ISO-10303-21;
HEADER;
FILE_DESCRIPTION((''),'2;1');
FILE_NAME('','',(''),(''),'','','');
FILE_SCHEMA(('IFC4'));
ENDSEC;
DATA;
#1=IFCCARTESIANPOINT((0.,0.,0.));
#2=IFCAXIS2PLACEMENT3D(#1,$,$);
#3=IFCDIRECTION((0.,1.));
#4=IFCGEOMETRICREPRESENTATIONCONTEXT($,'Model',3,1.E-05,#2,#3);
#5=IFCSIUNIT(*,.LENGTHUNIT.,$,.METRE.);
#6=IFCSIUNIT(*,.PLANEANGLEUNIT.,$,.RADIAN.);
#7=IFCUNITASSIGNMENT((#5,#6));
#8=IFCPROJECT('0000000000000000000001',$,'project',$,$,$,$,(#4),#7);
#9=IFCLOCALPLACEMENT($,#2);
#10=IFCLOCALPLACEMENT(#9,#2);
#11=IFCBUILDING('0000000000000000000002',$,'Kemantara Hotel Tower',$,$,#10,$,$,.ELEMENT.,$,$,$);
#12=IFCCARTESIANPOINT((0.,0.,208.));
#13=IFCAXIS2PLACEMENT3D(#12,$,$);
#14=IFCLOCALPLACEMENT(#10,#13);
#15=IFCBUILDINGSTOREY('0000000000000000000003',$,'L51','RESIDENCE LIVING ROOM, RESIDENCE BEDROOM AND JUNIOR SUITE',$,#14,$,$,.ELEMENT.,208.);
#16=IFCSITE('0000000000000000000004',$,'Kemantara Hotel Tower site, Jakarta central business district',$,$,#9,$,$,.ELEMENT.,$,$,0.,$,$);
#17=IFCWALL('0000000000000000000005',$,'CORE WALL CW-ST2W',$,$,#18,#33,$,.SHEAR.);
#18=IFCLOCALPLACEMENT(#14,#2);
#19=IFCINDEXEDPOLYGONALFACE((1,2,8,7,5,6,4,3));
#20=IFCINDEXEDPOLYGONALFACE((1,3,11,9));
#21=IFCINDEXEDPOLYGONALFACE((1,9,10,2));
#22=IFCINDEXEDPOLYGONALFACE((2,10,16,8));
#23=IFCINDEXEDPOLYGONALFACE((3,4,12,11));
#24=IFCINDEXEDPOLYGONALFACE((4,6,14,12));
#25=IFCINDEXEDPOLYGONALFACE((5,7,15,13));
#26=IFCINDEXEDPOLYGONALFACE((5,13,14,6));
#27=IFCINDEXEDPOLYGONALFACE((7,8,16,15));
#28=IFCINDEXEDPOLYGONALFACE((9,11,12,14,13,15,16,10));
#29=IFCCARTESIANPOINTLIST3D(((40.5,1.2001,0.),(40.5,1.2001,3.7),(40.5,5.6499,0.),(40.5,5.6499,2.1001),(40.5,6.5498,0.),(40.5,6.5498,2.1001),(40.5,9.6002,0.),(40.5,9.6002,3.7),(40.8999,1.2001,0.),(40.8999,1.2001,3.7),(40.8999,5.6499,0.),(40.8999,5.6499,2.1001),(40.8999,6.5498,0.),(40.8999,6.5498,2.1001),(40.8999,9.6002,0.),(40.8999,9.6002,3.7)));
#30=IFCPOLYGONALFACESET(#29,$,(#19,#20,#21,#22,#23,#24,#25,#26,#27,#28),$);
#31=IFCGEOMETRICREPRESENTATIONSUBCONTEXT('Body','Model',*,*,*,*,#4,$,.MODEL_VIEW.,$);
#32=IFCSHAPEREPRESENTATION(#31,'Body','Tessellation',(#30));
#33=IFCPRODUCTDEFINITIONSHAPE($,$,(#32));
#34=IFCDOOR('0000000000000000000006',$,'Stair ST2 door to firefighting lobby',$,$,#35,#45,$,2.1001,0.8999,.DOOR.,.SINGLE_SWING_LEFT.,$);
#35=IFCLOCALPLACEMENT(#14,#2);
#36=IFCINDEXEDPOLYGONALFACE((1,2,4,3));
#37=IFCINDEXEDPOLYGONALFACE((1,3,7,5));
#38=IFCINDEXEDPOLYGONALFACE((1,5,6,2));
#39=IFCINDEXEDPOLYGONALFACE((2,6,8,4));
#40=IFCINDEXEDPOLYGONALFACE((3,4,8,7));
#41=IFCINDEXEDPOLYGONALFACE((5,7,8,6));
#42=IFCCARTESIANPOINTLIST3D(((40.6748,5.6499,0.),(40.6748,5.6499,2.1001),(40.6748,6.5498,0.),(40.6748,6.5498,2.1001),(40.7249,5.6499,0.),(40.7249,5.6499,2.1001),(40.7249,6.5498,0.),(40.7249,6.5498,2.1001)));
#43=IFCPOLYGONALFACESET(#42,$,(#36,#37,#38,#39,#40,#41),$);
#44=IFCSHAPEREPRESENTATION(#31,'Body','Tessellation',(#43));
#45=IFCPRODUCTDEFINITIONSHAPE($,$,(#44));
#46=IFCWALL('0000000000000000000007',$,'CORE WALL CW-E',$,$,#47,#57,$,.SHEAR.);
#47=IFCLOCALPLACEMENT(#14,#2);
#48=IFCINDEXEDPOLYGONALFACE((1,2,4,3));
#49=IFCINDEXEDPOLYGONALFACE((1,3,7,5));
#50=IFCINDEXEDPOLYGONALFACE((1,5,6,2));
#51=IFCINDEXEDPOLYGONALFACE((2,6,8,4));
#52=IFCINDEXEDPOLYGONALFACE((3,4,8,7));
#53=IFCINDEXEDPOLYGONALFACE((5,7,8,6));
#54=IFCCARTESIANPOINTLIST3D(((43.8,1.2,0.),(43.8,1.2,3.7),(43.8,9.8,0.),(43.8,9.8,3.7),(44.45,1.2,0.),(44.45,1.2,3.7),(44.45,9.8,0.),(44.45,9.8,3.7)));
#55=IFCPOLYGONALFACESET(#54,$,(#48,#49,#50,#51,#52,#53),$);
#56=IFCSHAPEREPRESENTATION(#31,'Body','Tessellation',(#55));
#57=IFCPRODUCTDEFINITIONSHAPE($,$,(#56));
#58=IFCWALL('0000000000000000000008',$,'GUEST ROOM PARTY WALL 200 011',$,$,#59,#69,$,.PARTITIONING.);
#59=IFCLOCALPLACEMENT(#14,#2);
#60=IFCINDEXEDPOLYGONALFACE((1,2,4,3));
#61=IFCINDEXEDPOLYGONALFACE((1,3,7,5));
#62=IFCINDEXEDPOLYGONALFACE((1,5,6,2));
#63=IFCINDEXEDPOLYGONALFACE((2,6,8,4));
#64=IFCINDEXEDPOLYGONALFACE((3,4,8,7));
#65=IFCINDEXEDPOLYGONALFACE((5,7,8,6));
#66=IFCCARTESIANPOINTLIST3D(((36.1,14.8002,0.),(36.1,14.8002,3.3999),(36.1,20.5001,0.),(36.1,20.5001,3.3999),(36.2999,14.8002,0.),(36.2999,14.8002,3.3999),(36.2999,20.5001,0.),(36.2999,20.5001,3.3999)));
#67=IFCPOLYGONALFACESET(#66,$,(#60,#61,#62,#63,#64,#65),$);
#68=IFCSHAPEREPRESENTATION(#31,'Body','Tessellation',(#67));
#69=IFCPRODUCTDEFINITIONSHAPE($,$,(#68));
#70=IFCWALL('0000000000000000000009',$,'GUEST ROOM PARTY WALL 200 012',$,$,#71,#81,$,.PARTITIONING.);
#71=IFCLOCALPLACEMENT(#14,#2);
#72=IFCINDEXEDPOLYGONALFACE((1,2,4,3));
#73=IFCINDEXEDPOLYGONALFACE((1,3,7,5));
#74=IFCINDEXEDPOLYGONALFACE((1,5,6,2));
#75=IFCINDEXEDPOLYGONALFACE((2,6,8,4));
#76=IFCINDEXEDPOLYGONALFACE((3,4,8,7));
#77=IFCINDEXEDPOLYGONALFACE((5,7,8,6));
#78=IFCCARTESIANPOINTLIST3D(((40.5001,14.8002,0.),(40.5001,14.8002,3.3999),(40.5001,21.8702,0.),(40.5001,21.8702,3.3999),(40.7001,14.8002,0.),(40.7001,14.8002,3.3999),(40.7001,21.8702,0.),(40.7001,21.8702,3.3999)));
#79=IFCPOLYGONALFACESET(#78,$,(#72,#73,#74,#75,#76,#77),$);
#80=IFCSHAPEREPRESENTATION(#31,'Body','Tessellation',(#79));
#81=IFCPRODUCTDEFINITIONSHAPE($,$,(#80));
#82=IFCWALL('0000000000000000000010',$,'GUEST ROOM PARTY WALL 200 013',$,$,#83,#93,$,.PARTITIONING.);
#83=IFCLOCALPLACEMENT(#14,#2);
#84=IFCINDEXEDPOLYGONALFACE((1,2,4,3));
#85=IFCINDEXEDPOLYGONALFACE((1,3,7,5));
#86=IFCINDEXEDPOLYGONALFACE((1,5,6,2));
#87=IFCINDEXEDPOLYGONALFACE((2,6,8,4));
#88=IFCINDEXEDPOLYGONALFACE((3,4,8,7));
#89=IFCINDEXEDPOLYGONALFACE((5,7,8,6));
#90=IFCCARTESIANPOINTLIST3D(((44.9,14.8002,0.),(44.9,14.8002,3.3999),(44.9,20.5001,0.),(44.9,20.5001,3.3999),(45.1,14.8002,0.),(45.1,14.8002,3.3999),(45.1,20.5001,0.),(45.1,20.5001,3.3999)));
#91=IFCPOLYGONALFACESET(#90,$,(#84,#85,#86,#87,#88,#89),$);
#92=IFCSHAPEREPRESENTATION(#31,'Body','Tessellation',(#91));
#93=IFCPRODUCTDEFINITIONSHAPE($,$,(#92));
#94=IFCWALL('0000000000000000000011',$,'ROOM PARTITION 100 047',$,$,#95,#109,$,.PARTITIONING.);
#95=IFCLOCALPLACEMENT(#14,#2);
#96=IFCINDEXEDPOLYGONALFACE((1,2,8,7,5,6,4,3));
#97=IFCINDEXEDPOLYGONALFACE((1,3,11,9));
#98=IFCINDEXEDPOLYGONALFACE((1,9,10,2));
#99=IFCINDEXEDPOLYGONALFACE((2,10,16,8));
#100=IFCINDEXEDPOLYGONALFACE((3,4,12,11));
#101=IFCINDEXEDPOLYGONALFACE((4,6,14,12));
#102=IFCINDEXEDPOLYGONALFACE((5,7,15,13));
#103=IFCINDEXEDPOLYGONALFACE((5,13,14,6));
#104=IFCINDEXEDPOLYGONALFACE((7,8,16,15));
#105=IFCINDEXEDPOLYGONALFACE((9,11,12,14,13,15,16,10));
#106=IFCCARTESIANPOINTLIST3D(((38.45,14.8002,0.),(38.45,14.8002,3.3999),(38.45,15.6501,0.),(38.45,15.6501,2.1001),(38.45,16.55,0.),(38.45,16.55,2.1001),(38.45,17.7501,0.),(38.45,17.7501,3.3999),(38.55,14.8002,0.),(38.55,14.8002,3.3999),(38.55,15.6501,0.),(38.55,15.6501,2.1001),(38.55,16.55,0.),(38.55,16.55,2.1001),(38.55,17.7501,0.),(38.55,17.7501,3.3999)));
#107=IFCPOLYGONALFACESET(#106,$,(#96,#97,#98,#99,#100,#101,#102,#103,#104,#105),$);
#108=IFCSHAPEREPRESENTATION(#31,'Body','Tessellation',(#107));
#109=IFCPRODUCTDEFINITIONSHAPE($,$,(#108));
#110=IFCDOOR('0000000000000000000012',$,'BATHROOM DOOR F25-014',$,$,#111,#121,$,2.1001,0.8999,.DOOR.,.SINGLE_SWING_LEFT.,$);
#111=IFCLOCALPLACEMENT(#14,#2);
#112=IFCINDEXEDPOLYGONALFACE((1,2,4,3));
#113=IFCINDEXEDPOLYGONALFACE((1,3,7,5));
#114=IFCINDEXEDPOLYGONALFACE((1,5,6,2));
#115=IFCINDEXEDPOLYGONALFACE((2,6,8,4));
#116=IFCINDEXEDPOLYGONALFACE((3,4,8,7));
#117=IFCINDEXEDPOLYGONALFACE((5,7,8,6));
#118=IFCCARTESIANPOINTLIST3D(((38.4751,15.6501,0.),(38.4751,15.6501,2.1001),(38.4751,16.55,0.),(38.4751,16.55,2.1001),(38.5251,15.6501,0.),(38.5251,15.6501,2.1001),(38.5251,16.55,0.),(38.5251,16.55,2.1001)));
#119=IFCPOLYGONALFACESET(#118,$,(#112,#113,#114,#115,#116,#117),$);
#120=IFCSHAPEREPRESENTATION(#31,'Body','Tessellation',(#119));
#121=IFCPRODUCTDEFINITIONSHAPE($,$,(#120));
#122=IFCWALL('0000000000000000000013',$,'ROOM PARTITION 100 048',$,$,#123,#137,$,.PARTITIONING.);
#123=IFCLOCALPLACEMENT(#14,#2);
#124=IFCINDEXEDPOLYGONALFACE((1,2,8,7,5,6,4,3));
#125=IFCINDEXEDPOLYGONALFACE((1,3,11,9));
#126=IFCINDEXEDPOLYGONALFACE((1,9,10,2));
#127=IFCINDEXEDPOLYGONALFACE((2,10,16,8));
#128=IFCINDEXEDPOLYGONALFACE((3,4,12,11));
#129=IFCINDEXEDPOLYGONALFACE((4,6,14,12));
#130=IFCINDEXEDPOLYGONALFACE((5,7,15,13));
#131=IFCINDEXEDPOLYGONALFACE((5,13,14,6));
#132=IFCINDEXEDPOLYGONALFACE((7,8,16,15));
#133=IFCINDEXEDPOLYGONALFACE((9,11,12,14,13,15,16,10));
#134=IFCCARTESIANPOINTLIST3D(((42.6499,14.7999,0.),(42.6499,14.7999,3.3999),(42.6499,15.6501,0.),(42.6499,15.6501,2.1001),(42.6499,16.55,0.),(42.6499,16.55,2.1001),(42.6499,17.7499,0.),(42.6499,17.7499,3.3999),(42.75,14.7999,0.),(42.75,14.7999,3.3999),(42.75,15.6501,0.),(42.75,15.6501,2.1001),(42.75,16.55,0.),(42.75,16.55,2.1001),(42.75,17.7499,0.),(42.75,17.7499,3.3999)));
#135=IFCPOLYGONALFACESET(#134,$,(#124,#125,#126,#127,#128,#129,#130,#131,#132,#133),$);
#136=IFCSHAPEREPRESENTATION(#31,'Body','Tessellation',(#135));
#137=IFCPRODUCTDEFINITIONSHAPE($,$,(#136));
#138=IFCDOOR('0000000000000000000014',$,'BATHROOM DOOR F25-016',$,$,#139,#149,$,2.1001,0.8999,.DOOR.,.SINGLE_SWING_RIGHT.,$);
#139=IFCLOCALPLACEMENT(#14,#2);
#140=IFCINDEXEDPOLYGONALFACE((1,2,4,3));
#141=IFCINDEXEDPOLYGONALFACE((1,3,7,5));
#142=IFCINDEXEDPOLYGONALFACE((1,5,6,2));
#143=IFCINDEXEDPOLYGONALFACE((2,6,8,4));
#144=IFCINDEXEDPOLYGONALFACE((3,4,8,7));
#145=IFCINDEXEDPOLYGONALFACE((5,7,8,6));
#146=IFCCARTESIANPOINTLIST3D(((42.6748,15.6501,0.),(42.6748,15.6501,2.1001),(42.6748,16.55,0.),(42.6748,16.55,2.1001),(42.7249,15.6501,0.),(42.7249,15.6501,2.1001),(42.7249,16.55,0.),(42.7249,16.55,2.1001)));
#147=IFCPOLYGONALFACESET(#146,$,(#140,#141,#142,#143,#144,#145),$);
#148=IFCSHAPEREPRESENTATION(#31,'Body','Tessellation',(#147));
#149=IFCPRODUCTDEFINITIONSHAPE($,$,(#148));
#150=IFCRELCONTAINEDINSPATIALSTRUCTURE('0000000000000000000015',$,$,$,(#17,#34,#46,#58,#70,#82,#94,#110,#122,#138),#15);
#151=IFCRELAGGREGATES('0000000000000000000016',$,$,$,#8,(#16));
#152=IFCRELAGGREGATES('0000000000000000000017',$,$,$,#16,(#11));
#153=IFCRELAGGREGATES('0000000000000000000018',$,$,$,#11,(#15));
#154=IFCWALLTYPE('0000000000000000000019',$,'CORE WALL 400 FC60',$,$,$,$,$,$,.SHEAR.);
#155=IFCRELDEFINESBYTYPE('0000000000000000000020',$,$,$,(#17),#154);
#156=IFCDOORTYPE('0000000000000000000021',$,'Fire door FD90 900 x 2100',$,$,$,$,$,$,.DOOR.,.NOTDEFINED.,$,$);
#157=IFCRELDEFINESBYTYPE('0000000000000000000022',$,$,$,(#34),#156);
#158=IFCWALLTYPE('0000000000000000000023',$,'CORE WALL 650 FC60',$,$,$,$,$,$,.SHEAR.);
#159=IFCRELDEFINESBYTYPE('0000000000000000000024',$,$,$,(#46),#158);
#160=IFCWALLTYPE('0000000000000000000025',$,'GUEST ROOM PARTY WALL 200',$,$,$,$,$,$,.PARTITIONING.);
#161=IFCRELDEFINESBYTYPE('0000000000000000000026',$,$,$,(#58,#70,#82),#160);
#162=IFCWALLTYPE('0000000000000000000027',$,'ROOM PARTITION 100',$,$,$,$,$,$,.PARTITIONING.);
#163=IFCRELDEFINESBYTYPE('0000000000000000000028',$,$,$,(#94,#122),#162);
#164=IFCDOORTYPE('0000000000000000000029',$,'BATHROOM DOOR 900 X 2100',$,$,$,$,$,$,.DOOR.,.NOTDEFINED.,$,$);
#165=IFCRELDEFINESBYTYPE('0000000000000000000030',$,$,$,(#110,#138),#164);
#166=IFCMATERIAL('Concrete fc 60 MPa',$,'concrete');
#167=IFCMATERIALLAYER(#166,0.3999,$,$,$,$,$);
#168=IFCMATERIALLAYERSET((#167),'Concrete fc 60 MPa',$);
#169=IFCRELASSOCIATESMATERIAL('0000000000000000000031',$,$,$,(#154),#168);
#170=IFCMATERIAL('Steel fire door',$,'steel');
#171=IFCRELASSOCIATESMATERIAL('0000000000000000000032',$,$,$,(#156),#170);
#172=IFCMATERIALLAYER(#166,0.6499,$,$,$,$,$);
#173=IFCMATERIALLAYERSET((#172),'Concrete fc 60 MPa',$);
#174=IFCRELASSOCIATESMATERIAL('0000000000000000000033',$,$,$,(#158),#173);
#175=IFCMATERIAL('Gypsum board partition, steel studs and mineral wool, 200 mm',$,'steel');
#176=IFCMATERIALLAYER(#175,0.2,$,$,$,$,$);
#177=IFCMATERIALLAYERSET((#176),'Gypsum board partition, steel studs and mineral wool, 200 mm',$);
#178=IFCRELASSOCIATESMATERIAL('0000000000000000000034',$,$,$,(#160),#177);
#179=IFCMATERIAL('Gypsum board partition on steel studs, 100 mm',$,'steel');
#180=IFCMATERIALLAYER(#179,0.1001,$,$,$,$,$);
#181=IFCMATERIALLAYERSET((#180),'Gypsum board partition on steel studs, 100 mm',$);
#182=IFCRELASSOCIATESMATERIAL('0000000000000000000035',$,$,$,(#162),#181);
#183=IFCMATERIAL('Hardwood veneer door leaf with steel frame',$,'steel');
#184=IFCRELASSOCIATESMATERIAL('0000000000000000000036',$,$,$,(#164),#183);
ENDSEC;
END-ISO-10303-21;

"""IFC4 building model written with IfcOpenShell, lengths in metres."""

from ifc_helpers import new_model, si_unit, direction, frame, frame_2d, origin, place, context, subcontext, project, spatial, rectangle, extrude, material, layer, layer_set, type_object, element, fill, save


model = new_model("IFC4")

# Units and contexts
model_context = context("Model", 3, precision=1e-05, world=origin(), true_north=direction((0.0, 1.0)))
body_context = subcontext(model_context, "Body", "Model", "MODEL_VIEW")
ifc_project = project(units=[si_unit("LENGTHUNIT", "METRE"), si_unit("PLANEANGLEUNIT", "RADIAN")], contexts=[model_context])

# Site, building, storey
site_placement = place(None, origin())
site = spatial("IfcSite", under=ifc_project, at=site_placement, Name="Kemantara Hotel Tower site, Jakarta central business district", CompositionType="ELEMENT", RefElevation=0.0)
building_placement = place(site_placement, origin())
building = spatial("IfcBuilding", under=site, at=building_placement, Name="Kemantara Hotel Tower", CompositionType="ELEMENT")
storey_placement = place(building_placement, frame((0.0, 0.0, 208.0)))
storey = spatial("IfcBuildingStorey", under=building, at=storey_placement, Name="L51", Description="RESIDENCE LIVING ROOM, RESIDENCE BEDROOM AND JUNIOR SUITE", CompositionType="ELEMENT", Elevation=208.0)

# Shared definitions
ifc_material_1 = material(Name="Concrete fc 60 MPa", Category="concrete")

# Wall, opening, door
ifc_layer_1 = layer(ifc_material_1, 0.3999)
ifc_layer_set_1 = layer_set([ifc_layer_1], Name="Concrete fc 60 MPa")
wall_type_1 = type_object("IfcWallType", Name="CORE WALL 400 FC60", PredefinedType="SHEAR", material=ifc_layer_set_1)
ifc_material_2 = material(Name="Steel fire door", Category="steel")
wall_1_placement = place(storey_placement, frame((40.7, 1.2, 0.0), z_axis=(0.0, 0.0, 1.0), x_axis=(0.0, 1.0, 0.0)))
wall_1 = element("IfcWall", 1, at=wall_1_placement, inside=storey, type_object=wall_type_1, Name="CORE WALL CW-ST2W", PredefinedType="SHEAR", context=body_context, shape_type="SweptSolid", body=[
    extrude(rectangle(XDim=8.4001, YDim=0.3999, at=frame_2d((4.2002, 0.0))), origin(), (0.0, 0.0, 1.0), 3.7),
])
opening_1_placement = place(wall_1_placement, frame((4.45, 0.0, 0.0)))
opening_1 = element("IfcOpeningElement", 2, at=opening_1_placement, cuts=wall_1, PredefinedType="OPENING", context=body_context, shape_type="SweptSolid", body=[
    extrude(rectangle(XDim=0.8999, YDim=2.1001, at=frame_2d((0.45, 1.05))), frame((0.0, 0.21, 0.0), z_axis=(0.0, -1.0, 0.0), x_axis=(1.0, 0.0, 0.0)), (0.0, 0.0, 1.0), 0.4199),
])
door_type_1 = type_object("IfcDoorType", Name="Fire door FD90 900 x 2100", OperationType="NOTDEFINED", PredefinedType="DOOR", material=ifc_material_2)
door_1_placement = place(opening_1_placement, frame((0.8999, 0.0, 0.0), z_axis=(0.0, 0.0, 1.0), x_axis=(-1.0, 0.0, 0.0)))
door_1 = element("IfcDoor", 3, at=door_1_placement, inside=storey, type_object=door_type_1, Name="Stair ST2 door to firefighting lobby", OperationType="SINGLE_SWING_LEFT", OverallHeight=2.1001, OverallWidth=0.8999, PredefinedType="DOOR", context=body_context, shape_type="SweptSolid", body=[
    extrude(rectangle(XDim=0.8999, YDim=2.1001, at=frame_2d((0.45, 1.05))), frame((0.0, 0.0249, 0.0), z_axis=(0.0, -1.0, 0.0), x_axis=(1.0, 0.0, 0.0)), (0.0, 0.0, 1.0), 0.05),
])
fill(opening_1, door_1)

# Walls
ifc_layer_2 = layer(ifc_material_1, 0.6499)
ifc_layer_set_2 = layer_set([ifc_layer_2], Name="Concrete fc 60 MPa")
wall_type_2 = type_object("IfcWallType", Name="CORE WALL 650 FC60", PredefinedType="SHEAR", material=ifc_layer_set_2)
wall_2_placement = place(storey_placement, frame((44.125, 1.2, 0.0), z_axis=(0.0, 0.0, 1.0), x_axis=(0.0, 1.0, 0.0)))
element("IfcWall", 4, at=wall_2_placement, inside=storey, type_object=wall_type_2, Name="CORE WALL CW-E", PredefinedType="SHEAR", context=body_context, shape_type="SweptSolid", body=[
    extrude(rectangle(XDim=8.6001, YDim=0.6499, at=frame_2d((4.3, 0.0))), origin(), (0.0, 0.0, 1.0), 3.7),
])
ifc_material_3 = material(Name="Gypsum board partition, steel studs and mineral wool, 200 mm", Category="steel")
ifc_layer_3 = layer(ifc_material_3, 0.2)
ifc_layer_set_3 = layer_set([ifc_layer_3], Name="Gypsum board partition, steel studs and mineral wool, 200 mm")
wall_type_3 = type_object("IfcWallType", Name="GUEST ROOM PARTY WALL 200", PredefinedType="PARTITIONING", material=ifc_layer_set_3)
wall_3_placement = place(storey_placement, frame((36.2, 14.8, 0.0), z_axis=(0.0, 0.0, 1.0), x_axis=(0.0, 1.0, 0.0)))
element("IfcWall", 5, at=wall_3_placement, inside=storey, type_object=wall_type_3, Name="GUEST ROOM PARTY WALL 200 011", PredefinedType="PARTITIONING", context=body_context, shape_type="SweptSolid", body=[
    extrude(rectangle(XDim=5.7, YDim=0.2, at=frame_2d((2.8501, 0.0))), origin(), (0.0, 0.0, 1.0), 3.3999),
])
wall_4_placement = place(storey_placement, frame((40.6001, 14.8, 0.0), z_axis=(0.0, 0.0, 1.0), x_axis=(0.0, 1.0, 0.0)))
element("IfcWall", 6, at=wall_4_placement, inside=storey, type_object=wall_type_3, Name="GUEST ROOM PARTY WALL 200 012", PredefinedType="PARTITIONING", context=body_context, shape_type="SweptSolid", body=[
    extrude(rectangle(XDim=7.0701, YDim=0.2, at=frame_2d((3.5352, 0.0))), origin(), (0.0, 0.0, 1.0), 3.3999),
])
wall_5_placement = place(storey_placement, frame((45.0, 14.8, 0.0), z_axis=(0.0, 0.0, 1.0), x_axis=(0.0, 1.0, 0.0)))
element("IfcWall", 7, at=wall_5_placement, inside=storey, type_object=wall_type_3, Name="GUEST ROOM PARTY WALL 200 013", PredefinedType="PARTITIONING", context=body_context, shape_type="SweptSolid", body=[
    extrude(rectangle(XDim=5.7, YDim=0.2, at=frame_2d((2.8501, 0.0))), origin(), (0.0, 0.0, 1.0), 3.3999),
])

# Walls, openings, doors
ifc_material_4 = material(Name="Gypsum board partition on steel studs, 100 mm", Category="steel")
ifc_layer_4 = layer(ifc_material_4, 0.1001)
ifc_layer_set_4 = layer_set([ifc_layer_4], Name="Gypsum board partition on steel studs, 100 mm")
wall_type_4 = type_object("IfcWallType", Name="ROOM PARTITION 100", PredefinedType="PARTITIONING", material=ifc_layer_set_4)
wall_6_placement = place(storey_placement, frame((38.5, 14.8, 0.0), z_axis=(0.0, 0.0, 1.0), x_axis=(0.0, 1.0, 0.0)))
wall_6 = element("IfcWall", 8, at=wall_6_placement, inside=storey, type_object=wall_type_4, Name="ROOM PARTITION 100 047", PredefinedType="PARTITIONING", context=body_context, shape_type="SweptSolid", body=[
    extrude(rectangle(XDim=2.95, YDim=0.1001, at=frame_2d((1.4751, 0.0))), origin(), (0.0, 0.0, 1.0), 3.3999),
])
opening_2_placement = place(wall_6_placement, frame((0.8501, 0.0, 0.0)))
opening_2 = element("IfcOpeningElement", 9, at=opening_2_placement, cuts=wall_6, PredefinedType="OPENING", context=body_context, shape_type="SweptSolid", body=[
    extrude(rectangle(XDim=0.8999, YDim=2.1001, at=frame_2d((0.45, 1.05))), frame((0.0, 0.0601, 0.0), z_axis=(0.0, -1.0, 0.0), x_axis=(1.0, 0.0, 0.0)), (0.0, 0.0, 1.0), 0.1201),
])
ifc_material_5 = material(Name="Hardwood veneer door leaf with steel frame", Category="steel")
door_type_2 = type_object("IfcDoorType", Name="BATHROOM DOOR 900 X 2100", OperationType="NOTDEFINED", PredefinedType="DOOR", material=ifc_material_5)
door_2_placement = place(opening_2_placement, origin())
door_2 = element("IfcDoor", 10, at=door_2_placement, inside=storey, type_object=door_type_2, Name="BATHROOM DOOR F25-014", OperationType="SINGLE_SWING_LEFT", OverallHeight=2.1001, OverallWidth=0.8999, PredefinedType="DOOR", context=body_context, shape_type="SweptSolid", body=[
    extrude(rectangle(XDim=0.8999, YDim=2.1001, at=frame_2d((0.45, 1.05))), frame((0.0, 0.0249, 0.0), z_axis=(0.0, -1.0, 0.0), x_axis=(1.0, 0.0, 0.0)), (0.0, 0.0, 1.0), 0.05),
])
fill(opening_2, door_2)
wall_7_placement = place(storey_placement, frame((42.7, 17.75, 0.0), z_axis=(0.0, 0.0, 1.0), x_axis=(0.0, -1.0, 0.0)))
wall_7 = element("IfcWall", 11, at=wall_7_placement, inside=storey, type_object=wall_type_4, Name="ROOM PARTITION 100 048", PredefinedType="PARTITIONING", context=body_context, shape_type="SweptSolid", body=[
    extrude(rectangle(XDim=2.95, YDim=0.1001, at=frame_2d((1.4751, 0.0))), origin(), (0.0, 0.0, 1.0), 3.3999),
])
opening_3_placement = place(wall_7_placement, frame((1.2, 0.0, 0.0)))
opening_3 = element("IfcOpeningElement", 12, at=opening_3_placement, cuts=wall_7, PredefinedType="OPENING", context=body_context, shape_type="SweptSolid", body=[
    extrude(rectangle(XDim=0.8999, YDim=2.1001, at=frame_2d((0.45, 1.05))), frame((0.0, 0.0601, 0.0), z_axis=(0.0, -1.0, 0.0), x_axis=(1.0, 0.0, 0.0)), (0.0, 0.0, 1.0), 0.1201),
])
door_3_placement = place(opening_3_placement, origin())
door_3 = element("IfcDoor", 13, at=door_3_placement, inside=storey, type_object=door_type_2, Name="BATHROOM DOOR F25-016", OperationType="SINGLE_SWING_RIGHT", OverallHeight=2.1001, OverallWidth=0.8999, PredefinedType="DOOR", context=body_context, shape_type="SweptSolid", body=[
    extrude(rectangle(XDim=0.8999, YDim=2.1001, at=frame_2d((0.45, 1.05))), frame((0.0, 0.0249, 0.0), z_axis=(0.0, -1.0, 0.0), x_axis=(1.0, 0.0, 0.0)), (0.0, 0.0, 1.0), 0.05),
])
fill(opening_3, door_3)

save(model, "model.ifc")
